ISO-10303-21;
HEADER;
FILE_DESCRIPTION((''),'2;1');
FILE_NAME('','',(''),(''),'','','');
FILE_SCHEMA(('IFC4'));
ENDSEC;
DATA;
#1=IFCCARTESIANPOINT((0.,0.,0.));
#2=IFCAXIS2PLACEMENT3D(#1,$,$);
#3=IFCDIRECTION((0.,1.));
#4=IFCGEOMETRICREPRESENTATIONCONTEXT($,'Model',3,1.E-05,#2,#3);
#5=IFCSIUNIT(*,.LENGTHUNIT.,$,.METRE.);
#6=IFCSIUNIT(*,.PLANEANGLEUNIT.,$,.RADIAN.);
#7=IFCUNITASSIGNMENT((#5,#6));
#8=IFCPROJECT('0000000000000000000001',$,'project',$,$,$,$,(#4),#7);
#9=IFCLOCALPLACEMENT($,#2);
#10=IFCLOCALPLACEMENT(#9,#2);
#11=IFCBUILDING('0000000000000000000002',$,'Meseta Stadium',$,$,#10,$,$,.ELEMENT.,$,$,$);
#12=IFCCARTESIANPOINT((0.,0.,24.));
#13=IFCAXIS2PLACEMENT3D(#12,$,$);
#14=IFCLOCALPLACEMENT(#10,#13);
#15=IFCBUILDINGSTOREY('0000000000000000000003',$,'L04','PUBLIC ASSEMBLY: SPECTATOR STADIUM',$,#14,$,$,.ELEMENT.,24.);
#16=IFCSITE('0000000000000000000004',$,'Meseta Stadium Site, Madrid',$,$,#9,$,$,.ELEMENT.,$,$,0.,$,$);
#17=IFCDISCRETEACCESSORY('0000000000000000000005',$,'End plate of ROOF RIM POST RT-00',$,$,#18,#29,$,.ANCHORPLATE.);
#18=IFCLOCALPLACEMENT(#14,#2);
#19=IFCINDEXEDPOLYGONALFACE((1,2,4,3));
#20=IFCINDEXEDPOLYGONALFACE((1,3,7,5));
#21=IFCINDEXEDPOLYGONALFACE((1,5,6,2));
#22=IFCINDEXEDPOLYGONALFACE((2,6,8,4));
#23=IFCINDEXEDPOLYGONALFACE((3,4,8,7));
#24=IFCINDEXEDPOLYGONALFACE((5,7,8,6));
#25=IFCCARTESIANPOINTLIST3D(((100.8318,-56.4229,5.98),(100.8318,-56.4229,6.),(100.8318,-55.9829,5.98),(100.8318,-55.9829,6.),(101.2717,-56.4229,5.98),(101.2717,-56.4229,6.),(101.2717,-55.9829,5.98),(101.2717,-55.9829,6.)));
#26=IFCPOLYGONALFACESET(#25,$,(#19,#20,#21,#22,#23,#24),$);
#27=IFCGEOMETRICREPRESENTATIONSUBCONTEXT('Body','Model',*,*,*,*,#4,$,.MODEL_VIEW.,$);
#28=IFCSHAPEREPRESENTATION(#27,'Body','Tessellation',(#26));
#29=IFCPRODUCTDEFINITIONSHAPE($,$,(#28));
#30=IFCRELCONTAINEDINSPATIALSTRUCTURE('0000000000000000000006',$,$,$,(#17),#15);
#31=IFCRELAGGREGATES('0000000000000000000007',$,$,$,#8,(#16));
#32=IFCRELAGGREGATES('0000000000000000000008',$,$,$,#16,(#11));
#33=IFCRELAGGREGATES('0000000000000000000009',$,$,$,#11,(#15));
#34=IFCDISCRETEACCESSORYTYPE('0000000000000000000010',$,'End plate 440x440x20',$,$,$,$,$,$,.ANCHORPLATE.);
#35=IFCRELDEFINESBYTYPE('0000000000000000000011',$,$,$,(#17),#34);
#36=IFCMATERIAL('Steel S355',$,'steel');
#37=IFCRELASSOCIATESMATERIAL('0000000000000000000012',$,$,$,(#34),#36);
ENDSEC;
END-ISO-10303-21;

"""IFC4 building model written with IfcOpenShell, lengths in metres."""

from ifc_helpers import new_model, si_unit, direction, frame, origin, origin_2d, place, context, subcontext, project, spatial, rectangle, extrude, material, material_profile, profile_set, type_object, element, save


model = new_model("IFC4")

# Units and contexts
model_context = context("Model", 3, precision=1e-05, world=origin(), true_north=direction((0.0, 1.0)))
body_context = subcontext(model_context, "Body", "Model", "MODEL_VIEW")
ifc_project = project(units=[si_unit("LENGTHUNIT", "METRE"), si_unit("PLANEANGLEUNIT", "RADIAN")], contexts=[model_context])

# Site, building, storey
site_placement = place(None, origin())
site = spatial("IfcSite", under=ifc_project, at=site_placement, Name="Meseta Stadium Site, Madrid", CompositionType="ELEMENT", RefElevation=0.0)
building_placement = place(site_placement, origin())
building = spatial("IfcBuilding", under=site, at=building_placement, Name="Meseta Stadium", CompositionType="ELEMENT")
storey_placement = place(building_placement, frame((0.0, 0.0, 24.0)))
storey = spatial("IfcBuildingStorey", under=building, at=storey_placement, Name="L04", Description="PUBLIC ASSEMBLY: SPECTATOR STADIUM", CompositionType="ELEMENT", Elevation=24.0)

# Discrete accessory
ifc_material_1 = material(Name="Steel S355", Category="steel")
ifc_material_profile_1 = material_profile(ifc_material_1, rectangle(XDim=0.4399, YDim=0.4399, at=origin_2d()), Name="PL 440x440")
ifc_profile_set_1 = profile_set([ifc_material_profile_1], Name="Steel S355")
discrete_accessory_type = type_object("IfcDiscreteAccessoryType", Name="End plate 440x440x20", PredefinedType="ANCHORPLATE", material=ifc_profile_set_1)
discrete_accessory_placement = place(storey_placement, frame((101.0518, -56.2029, 5.98), z_axis=(0.0, 0.0, 1.0), x_axis=(1.0, 0.0, 0.0)))
element("IfcDiscreteAccessory", 1, at=discrete_accessory_placement, inside=storey, type_object=discrete_accessory_type, Name="End plate of ROOF RIM POST RT-00", PredefinedType="ANCHORPLATE", context=body_context, shape_type="SweptSolid", body=[
    extrude(rectangle(XDim=0.4399, YDim=0.4399, at=origin_2d()), origin(), (0.0, 0.0, 1.0), 0.02),
])

save(model, "model.ifc")
